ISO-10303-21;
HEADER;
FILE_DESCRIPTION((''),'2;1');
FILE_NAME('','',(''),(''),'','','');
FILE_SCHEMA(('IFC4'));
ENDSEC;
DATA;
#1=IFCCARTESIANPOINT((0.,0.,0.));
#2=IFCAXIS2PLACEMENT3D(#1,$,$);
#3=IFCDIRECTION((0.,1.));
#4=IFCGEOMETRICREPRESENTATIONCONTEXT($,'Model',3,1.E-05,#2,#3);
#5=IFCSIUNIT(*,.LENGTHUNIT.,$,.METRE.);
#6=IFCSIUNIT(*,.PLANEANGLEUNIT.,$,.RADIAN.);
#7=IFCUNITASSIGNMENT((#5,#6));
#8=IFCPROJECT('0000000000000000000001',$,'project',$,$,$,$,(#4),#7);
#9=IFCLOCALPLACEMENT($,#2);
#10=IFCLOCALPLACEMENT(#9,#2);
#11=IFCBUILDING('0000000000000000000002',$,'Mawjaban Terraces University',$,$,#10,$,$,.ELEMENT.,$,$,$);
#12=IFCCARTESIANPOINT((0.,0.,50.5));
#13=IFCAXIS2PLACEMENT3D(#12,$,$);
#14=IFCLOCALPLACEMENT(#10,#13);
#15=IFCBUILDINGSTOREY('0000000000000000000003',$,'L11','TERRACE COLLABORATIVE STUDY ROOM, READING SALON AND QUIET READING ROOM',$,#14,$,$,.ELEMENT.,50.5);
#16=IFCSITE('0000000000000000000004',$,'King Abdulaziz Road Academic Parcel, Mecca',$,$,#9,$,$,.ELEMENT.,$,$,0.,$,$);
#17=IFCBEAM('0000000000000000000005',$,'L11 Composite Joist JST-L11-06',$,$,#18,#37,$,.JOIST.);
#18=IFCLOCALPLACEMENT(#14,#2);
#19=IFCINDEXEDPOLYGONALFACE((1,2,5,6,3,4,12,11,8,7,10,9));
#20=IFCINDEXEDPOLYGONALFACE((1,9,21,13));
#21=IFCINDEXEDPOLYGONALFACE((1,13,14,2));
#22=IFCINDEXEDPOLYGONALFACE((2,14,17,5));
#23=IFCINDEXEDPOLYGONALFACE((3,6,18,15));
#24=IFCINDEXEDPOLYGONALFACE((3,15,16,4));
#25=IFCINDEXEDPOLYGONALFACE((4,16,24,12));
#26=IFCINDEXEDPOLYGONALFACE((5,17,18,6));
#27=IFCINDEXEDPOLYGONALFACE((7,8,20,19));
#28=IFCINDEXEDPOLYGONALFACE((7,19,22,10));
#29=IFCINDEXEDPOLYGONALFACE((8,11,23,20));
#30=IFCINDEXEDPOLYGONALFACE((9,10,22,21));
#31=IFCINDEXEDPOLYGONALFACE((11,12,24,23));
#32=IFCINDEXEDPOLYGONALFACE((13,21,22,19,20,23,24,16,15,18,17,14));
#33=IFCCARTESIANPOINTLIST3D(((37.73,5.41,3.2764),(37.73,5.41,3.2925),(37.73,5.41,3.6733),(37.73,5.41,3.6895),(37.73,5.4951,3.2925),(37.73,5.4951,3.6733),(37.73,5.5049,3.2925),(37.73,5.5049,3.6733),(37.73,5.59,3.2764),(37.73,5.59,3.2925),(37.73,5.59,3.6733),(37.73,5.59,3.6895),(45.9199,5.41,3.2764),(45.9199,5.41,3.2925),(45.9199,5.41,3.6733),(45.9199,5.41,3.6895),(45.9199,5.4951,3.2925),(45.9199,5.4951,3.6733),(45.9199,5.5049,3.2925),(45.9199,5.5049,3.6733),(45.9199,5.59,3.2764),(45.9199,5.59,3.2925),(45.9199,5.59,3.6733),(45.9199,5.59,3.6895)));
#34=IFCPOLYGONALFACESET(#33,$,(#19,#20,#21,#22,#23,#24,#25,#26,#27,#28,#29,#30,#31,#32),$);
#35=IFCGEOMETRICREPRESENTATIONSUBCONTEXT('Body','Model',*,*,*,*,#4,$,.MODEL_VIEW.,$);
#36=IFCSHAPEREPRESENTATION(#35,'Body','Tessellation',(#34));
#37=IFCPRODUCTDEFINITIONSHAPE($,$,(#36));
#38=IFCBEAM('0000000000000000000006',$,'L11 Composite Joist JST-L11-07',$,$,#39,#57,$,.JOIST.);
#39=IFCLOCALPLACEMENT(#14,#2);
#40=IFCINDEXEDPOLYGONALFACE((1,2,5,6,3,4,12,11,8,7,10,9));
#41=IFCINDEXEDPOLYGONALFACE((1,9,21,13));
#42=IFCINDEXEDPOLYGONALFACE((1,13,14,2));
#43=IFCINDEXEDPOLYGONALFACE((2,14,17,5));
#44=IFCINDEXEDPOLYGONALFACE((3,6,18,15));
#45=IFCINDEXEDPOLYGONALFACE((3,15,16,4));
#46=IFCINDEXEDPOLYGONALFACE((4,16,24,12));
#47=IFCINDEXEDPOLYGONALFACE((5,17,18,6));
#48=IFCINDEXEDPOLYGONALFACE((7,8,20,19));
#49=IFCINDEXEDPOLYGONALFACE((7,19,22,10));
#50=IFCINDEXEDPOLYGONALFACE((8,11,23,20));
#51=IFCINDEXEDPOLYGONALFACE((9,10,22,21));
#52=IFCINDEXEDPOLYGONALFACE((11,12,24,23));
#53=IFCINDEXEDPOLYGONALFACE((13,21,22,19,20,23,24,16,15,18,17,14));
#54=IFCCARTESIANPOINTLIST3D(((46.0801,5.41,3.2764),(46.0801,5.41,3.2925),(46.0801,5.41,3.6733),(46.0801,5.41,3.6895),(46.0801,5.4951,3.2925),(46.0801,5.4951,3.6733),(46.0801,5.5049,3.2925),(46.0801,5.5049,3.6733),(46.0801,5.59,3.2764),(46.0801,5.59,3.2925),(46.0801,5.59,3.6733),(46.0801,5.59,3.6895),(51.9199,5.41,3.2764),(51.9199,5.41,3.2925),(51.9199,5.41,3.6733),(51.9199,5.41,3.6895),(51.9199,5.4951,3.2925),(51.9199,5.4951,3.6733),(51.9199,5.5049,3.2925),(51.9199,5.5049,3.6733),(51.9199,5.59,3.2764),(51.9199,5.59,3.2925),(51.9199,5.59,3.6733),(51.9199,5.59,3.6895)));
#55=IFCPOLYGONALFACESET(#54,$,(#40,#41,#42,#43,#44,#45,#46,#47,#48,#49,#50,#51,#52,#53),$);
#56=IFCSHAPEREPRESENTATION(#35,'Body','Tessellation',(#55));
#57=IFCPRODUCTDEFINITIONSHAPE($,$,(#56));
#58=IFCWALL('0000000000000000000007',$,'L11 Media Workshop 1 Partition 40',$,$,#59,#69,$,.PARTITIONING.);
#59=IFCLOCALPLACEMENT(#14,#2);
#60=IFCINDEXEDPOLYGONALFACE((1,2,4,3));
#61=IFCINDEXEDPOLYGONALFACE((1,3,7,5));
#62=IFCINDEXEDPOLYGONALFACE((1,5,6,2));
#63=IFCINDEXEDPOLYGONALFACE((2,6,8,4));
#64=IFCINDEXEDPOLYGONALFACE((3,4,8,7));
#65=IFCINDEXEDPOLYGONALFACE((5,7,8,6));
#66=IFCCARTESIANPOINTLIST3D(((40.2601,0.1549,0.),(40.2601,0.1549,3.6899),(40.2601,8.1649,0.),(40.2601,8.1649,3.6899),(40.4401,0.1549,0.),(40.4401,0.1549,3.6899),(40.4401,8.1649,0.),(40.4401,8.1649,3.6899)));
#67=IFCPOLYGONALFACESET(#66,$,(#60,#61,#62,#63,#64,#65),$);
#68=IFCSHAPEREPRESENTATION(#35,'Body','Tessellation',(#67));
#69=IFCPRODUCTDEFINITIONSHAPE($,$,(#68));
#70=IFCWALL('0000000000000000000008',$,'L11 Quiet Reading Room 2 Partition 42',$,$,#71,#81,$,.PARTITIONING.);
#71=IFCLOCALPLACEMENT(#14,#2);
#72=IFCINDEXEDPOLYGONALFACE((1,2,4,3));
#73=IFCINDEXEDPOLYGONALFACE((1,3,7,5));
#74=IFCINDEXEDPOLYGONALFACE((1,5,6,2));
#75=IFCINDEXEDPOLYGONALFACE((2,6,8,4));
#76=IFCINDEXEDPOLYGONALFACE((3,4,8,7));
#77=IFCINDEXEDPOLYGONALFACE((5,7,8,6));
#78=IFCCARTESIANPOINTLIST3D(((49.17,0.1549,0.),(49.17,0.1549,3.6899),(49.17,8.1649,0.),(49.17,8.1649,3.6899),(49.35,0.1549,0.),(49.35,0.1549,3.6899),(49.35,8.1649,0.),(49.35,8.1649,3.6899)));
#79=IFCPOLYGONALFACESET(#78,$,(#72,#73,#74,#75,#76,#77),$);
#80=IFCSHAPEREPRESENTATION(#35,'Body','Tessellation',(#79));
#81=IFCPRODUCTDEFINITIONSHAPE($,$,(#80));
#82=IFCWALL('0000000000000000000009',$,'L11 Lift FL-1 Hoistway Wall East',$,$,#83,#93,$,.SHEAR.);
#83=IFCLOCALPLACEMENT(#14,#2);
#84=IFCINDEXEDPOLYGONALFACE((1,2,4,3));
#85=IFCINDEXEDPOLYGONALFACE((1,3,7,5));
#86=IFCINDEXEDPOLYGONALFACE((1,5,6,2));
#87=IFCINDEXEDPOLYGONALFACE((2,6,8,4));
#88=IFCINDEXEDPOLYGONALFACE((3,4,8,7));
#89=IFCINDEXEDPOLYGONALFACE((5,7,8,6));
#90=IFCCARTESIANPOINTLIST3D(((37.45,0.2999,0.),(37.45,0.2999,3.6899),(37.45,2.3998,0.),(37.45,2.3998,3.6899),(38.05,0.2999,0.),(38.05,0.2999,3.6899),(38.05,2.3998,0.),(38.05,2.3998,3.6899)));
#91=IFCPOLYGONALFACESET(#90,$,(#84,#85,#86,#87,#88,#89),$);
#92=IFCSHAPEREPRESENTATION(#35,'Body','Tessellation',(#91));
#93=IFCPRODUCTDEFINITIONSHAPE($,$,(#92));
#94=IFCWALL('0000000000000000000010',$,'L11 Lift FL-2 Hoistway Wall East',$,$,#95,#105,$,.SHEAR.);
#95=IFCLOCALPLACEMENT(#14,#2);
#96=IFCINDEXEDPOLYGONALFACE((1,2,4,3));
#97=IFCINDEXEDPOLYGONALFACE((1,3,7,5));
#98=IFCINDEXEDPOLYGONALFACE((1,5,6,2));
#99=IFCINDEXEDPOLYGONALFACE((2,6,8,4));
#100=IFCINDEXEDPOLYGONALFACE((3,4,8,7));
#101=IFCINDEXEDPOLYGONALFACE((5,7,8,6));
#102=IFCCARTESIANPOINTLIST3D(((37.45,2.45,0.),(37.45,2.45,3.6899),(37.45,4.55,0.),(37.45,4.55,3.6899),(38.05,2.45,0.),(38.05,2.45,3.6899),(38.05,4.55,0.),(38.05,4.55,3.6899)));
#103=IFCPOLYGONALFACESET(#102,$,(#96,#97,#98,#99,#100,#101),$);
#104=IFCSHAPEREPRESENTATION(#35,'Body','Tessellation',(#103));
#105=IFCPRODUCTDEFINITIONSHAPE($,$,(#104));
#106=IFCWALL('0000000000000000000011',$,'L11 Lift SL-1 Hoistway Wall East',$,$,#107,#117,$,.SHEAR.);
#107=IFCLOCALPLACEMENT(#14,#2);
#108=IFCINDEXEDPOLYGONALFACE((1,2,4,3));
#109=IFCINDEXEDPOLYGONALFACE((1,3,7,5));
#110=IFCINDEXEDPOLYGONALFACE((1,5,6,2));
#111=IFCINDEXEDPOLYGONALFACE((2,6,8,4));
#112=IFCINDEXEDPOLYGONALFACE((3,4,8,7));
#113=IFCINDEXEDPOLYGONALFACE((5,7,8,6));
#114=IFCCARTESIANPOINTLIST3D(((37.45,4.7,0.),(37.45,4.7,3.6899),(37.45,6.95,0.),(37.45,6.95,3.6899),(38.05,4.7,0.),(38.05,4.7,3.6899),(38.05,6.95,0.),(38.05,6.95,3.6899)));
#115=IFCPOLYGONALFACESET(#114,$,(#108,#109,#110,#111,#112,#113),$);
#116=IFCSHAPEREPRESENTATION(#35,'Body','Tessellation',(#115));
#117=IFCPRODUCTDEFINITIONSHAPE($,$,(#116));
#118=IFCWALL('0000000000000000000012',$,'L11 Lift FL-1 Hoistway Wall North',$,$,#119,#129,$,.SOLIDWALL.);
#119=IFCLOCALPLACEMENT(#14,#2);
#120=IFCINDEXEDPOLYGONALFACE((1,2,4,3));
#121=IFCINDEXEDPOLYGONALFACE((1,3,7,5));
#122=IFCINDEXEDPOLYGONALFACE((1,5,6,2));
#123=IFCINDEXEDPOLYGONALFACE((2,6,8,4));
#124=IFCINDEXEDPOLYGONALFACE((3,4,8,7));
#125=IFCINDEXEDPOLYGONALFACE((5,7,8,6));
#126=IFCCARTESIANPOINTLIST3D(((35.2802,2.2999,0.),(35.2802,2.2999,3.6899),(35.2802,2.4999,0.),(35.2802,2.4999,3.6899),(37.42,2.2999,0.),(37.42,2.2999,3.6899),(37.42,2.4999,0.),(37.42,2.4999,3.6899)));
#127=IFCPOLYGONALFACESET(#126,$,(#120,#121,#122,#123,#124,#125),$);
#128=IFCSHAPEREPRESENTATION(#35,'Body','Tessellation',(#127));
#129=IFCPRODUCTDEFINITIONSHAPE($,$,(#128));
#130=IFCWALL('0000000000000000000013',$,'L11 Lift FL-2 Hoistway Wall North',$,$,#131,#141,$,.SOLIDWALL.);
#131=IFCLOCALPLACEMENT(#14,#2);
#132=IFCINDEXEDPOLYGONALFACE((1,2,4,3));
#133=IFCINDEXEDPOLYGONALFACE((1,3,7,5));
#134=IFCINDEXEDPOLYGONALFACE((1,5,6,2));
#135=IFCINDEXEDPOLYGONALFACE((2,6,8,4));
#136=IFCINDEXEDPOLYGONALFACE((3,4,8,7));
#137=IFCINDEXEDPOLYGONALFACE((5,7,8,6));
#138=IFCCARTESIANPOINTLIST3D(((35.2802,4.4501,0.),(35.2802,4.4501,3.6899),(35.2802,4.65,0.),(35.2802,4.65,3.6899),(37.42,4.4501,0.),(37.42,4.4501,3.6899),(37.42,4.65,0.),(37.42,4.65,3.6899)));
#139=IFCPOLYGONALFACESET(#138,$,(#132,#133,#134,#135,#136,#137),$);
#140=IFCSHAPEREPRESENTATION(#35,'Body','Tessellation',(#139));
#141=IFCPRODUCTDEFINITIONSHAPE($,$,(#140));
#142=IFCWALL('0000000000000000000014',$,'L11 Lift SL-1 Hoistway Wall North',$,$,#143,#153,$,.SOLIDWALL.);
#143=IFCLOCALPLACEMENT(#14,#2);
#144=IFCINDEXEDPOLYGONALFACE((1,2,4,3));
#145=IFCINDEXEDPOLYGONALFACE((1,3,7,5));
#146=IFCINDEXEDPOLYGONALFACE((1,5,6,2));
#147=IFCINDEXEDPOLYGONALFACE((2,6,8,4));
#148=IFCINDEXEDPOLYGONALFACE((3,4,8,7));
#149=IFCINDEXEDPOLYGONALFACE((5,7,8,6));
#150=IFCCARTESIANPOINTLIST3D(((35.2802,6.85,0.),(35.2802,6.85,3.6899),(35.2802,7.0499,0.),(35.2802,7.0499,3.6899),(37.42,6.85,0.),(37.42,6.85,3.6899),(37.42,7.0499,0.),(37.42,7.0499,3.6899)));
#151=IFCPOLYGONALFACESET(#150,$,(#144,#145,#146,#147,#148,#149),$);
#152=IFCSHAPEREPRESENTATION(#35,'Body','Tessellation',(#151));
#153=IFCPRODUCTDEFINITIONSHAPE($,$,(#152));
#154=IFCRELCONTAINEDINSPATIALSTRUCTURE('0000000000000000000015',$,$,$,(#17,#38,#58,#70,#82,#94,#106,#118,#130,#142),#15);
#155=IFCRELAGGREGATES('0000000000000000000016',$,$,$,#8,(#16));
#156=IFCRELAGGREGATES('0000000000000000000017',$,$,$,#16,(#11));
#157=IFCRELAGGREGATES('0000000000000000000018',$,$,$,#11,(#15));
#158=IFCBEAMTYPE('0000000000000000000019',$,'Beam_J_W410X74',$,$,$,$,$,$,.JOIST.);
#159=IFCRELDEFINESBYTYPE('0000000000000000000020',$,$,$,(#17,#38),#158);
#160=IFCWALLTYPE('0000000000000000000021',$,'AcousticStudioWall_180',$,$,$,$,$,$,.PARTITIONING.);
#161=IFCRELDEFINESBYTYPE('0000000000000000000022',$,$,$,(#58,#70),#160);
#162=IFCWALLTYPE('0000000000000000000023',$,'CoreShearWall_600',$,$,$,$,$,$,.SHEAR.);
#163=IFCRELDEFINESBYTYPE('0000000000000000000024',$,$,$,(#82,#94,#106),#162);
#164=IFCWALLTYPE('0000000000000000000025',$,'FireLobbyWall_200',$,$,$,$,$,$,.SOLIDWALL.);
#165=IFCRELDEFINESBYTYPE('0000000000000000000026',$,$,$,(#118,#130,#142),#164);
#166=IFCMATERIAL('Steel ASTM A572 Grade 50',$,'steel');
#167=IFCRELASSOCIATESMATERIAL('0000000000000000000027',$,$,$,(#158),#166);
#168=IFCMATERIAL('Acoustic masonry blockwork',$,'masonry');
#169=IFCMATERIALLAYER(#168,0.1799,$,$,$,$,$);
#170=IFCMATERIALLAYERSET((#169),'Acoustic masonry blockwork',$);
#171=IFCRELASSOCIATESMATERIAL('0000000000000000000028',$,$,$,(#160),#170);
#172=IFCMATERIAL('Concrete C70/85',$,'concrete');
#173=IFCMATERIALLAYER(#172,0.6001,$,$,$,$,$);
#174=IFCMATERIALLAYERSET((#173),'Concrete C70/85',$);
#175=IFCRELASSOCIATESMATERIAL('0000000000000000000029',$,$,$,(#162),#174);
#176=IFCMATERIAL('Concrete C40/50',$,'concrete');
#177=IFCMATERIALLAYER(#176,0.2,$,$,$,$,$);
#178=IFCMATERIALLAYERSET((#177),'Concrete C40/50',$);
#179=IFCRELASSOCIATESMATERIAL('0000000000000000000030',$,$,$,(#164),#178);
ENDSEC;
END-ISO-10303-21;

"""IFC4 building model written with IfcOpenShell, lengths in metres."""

from ifc_helpers import new_model, si_unit, direction, frame, frame_2d, origin, origin_2d, place, context, subcontext, project, spatial, rectangle, i_section, extrude, material, layer, layer_set, material_profile, profile_set, type_object, element, save


model = new_model("IFC4")

# Units and contexts
model_context = context("Model", 3, precision=1e-05, world=origin(), true_north=direction((0.0, 1.0)))
body_context = subcontext(model_context, "Body", "Model", "MODEL_VIEW")
ifc_project = project(units=[si_unit("LENGTHUNIT", "METRE"), si_unit("PLANEANGLEUNIT", "RADIAN")], contexts=[model_context])

# Site, building, storey
site_placement = place(None, origin())
site = spatial("IfcSite", under=ifc_project, at=site_placement, Name="King Abdulaziz Road Academic Parcel, Mecca", CompositionType="ELEMENT", RefElevation=0.0)
building_placement = place(site_placement, origin())
building = spatial("IfcBuilding", under=site, at=building_placement, Name="Mawjaban Terraces University", CompositionType="ELEMENT")
storey_placement = place(building_placement, frame((0.0, 0.0, 50.5)))
storey = spatial("IfcBuildingStorey", under=building, at=storey_placement, Name="L11", Description="TERRACE COLLABORATIVE STUDY ROOM, READING SALON AND QUIET READING ROOM", CompositionType="ELEMENT", Elevation=50.5)

# Shared definitions
ifc_material_1 = material(Name="Concrete C70/85", Category="concrete")

# Beams
ifc_material_2 = material(Name="Steel ASTM A572 Grade 50", Category="steel")
ifc_material_profile_1 = material_profile(ifc_material_2, i_section(OverallWidth=0.1799, OverallDepth=0.4131, WebThickness=0.0098, FlangeThickness=0.0161, at=origin_2d()), Name="W410X74")
ifc_profile_set_1 = profile_set([ifc_material_profile_1], Name="Steel ASTM A572 Grade 50")
beam_type_1 = type_object("IfcBeamType", Name="Beam_J_W410X74", PredefinedType="JOIST", material=ifc_profile_set_1)
beam_1_placement = place(storey_placement, frame((37.73, 5.5, 3.4829), z_axis=(1.0, 0.0, 0.0), x_axis=(0.0, 1.0, 0.0)))
element("IfcBeam", 1, at=beam_1_placement, inside=storey, type_object=beam_type_1, Name="L11 Composite Joist JST-L11-06", PredefinedType="JOIST", context=body_context, shape_type="SweptSolid", body=[
    extrude(i_section(OverallWidth=0.1799, OverallDepth=0.4131, WebThickness=0.0098, FlangeThickness=0.0161, at=origin_2d()), origin(), (0.0, 0.0, 1.0), 8.1899),
])
beam_2_placement = place(storey_placement, frame((46.0801, 5.5, 3.4829), z_axis=(1.0, 0.0, 0.0), x_axis=(0.0, 1.0, 0.0)))
element("IfcBeam", 2, at=beam_2_placement, inside=storey, type_object=beam_type_1, Name="L11 Composite Joist JST-L11-07", PredefinedType="JOIST", context=body_context, shape_type="SweptSolid", body=[
    extrude(i_section(OverallWidth=0.1799, OverallDepth=0.4131, WebThickness=0.0098, FlangeThickness=0.0161, at=origin_2d()), origin(), (0.0, 0.0, 1.0), 5.8398),
])

# Walls
ifc_material_3 = material(Name="Acoustic masonry blockwork", Category="masonry")
ifc_layer_1 = layer(ifc_material_3, 0.1799)
ifc_layer_set_1 = layer_set([ifc_layer_1], Name="Acoustic masonry blockwork")
wall_type_1 = type_object("IfcWallType", Name="AcousticStudioWall_180", PredefinedType="PARTITIONING", material=ifc_layer_set_1)
for number, where, z_axis, x_axis, name in (
    (3, (40.3501, 0.155, 0.0), (0.0, 0.0, 1.0), (0.0, 1.0, 0.0), "L11 Media Workshop 1 Partition 40"),
    (4, (49.26, 0.155, 0.0), (0.0, 0.0, 1.0), (0.0, 1.0, 0.0), "L11 Quiet Reading Room 2 Partition 42"),
):
    element("IfcWall", number, at=place(storey_placement, frame(where, z_axis=z_axis, x_axis=x_axis)), inside=storey, type_object=wall_type_1, Name=name, PredefinedType="PARTITIONING", context=body_context, shape_type="SweptSolid", body=[
        extrude(rectangle(XDim=8.01, YDim=0.1799, at=frame_2d((4.0049, 0.0))), origin(), (0.0, 0.0, 1.0), 3.6899),
    ])
ifc_layer_2 = layer(ifc_material_1, 0.6001)
ifc_layer_set_2 = layer_set([ifc_layer_2], Name="Concrete C70/85")
wall_type_2 = type_object("IfcWallType", Name="CoreShearWall_600", PredefinedType="SHEAR", material=ifc_layer_set_2)
wall_1_placement = place(storey_placement, frame((37.75, 0.3, 0.0), z_axis=(0.0, 0.0, 1.0), x_axis=(0.0, 1.0, 0.0)))
element("IfcWall", 5, at=wall_1_placement, inside=storey, type_object=wall_type_2, Name="L11 Lift FL-1 Hoistway Wall East", PredefinedType="SHEAR", context=body_context, shape_type="SweptSolid", body=[
    extrude(rectangle(XDim=2.0999, YDim=0.6001, at=frame_2d((1.0498, 0.0))), origin(), (0.0, 0.0, 1.0), 3.6899),
])
wall_2_placement = place(storey_placement, frame((37.75, 2.45, 0.0), z_axis=(0.0, 0.0, 1.0), x_axis=(0.0, 1.0, 0.0)))
element("IfcWall", 6, at=wall_2_placement, inside=storey, type_object=wall_type_2, Name="L11 Lift FL-2 Hoistway Wall East", PredefinedType="SHEAR", context=body_context, shape_type="SweptSolid", body=[
    extrude(rectangle(XDim=2.1001, YDim=0.6001, at=frame_2d((1.05, 0.0))), origin(), (0.0, 0.0, 1.0), 3.6899),
])
wall_3_placement = place(storey_placement, frame((37.75, 4.7, 0.0), z_axis=(0.0, 0.0, 1.0), x_axis=(0.0, 1.0, 0.0)))
element("IfcWall", 7, at=wall_3_placement, inside=storey, type_object=wall_type_2, Name="L11 Lift SL-1 Hoistway Wall East", PredefinedType="SHEAR", context=body_context, shape_type="SweptSolid", body=[
    extrude(rectangle(XDim=2.25, YDim=0.6001, at=frame_2d((1.125, 0.0))), origin(), (0.0, 0.0, 1.0), 3.6899),
])
ifc_material_4 = material(Name="Concrete C40/50", Category="concrete")
ifc_layer_3 = layer(ifc_material_4, 0.2)
ifc_layer_set_3 = layer_set([ifc_layer_3], Name="Concrete C40/50")
wall_type_3 = type_object("IfcWallType", Name="FireLobbyWall_200", PredefinedType="SOLIDWALL", material=ifc_layer_set_3)
for number, where, z_axis, x_axis, name in (
    (8, (37.4199, 2.3999, 0.0), (0.0, 0.0, 1.0), (-1.0, 0.0, 0.0), "L11 Lift FL-1 Hoistway Wall North"),
    (9, (37.4199, 4.55, 0.0), (0.0, 0.0, 1.0), (-1.0, 0.0, 0.0), "L11 Lift FL-2 Hoistway Wall North"),
    (10, (37.4199, 6.95, 0.0), (0.0, 0.0, 1.0), (-1.0, 0.0, 0.0), "L11 Lift SL-1 Hoistway Wall North"),
):
    element("IfcWall", number, at=place(storey_placement, frame(where, z_axis=z_axis, x_axis=x_axis)), inside=storey, type_object=wall_type_3, Name=name, PredefinedType="SOLIDWALL", context=body_context, shape_type="SweptSolid", body=[
        extrude(rectangle(XDim=2.1399, YDim=0.2, at=frame_2d((1.0698, 0.0))), origin(), (0.0, 0.0, 1.0), 3.6899),
    ])

save(model, "model.ifc")
